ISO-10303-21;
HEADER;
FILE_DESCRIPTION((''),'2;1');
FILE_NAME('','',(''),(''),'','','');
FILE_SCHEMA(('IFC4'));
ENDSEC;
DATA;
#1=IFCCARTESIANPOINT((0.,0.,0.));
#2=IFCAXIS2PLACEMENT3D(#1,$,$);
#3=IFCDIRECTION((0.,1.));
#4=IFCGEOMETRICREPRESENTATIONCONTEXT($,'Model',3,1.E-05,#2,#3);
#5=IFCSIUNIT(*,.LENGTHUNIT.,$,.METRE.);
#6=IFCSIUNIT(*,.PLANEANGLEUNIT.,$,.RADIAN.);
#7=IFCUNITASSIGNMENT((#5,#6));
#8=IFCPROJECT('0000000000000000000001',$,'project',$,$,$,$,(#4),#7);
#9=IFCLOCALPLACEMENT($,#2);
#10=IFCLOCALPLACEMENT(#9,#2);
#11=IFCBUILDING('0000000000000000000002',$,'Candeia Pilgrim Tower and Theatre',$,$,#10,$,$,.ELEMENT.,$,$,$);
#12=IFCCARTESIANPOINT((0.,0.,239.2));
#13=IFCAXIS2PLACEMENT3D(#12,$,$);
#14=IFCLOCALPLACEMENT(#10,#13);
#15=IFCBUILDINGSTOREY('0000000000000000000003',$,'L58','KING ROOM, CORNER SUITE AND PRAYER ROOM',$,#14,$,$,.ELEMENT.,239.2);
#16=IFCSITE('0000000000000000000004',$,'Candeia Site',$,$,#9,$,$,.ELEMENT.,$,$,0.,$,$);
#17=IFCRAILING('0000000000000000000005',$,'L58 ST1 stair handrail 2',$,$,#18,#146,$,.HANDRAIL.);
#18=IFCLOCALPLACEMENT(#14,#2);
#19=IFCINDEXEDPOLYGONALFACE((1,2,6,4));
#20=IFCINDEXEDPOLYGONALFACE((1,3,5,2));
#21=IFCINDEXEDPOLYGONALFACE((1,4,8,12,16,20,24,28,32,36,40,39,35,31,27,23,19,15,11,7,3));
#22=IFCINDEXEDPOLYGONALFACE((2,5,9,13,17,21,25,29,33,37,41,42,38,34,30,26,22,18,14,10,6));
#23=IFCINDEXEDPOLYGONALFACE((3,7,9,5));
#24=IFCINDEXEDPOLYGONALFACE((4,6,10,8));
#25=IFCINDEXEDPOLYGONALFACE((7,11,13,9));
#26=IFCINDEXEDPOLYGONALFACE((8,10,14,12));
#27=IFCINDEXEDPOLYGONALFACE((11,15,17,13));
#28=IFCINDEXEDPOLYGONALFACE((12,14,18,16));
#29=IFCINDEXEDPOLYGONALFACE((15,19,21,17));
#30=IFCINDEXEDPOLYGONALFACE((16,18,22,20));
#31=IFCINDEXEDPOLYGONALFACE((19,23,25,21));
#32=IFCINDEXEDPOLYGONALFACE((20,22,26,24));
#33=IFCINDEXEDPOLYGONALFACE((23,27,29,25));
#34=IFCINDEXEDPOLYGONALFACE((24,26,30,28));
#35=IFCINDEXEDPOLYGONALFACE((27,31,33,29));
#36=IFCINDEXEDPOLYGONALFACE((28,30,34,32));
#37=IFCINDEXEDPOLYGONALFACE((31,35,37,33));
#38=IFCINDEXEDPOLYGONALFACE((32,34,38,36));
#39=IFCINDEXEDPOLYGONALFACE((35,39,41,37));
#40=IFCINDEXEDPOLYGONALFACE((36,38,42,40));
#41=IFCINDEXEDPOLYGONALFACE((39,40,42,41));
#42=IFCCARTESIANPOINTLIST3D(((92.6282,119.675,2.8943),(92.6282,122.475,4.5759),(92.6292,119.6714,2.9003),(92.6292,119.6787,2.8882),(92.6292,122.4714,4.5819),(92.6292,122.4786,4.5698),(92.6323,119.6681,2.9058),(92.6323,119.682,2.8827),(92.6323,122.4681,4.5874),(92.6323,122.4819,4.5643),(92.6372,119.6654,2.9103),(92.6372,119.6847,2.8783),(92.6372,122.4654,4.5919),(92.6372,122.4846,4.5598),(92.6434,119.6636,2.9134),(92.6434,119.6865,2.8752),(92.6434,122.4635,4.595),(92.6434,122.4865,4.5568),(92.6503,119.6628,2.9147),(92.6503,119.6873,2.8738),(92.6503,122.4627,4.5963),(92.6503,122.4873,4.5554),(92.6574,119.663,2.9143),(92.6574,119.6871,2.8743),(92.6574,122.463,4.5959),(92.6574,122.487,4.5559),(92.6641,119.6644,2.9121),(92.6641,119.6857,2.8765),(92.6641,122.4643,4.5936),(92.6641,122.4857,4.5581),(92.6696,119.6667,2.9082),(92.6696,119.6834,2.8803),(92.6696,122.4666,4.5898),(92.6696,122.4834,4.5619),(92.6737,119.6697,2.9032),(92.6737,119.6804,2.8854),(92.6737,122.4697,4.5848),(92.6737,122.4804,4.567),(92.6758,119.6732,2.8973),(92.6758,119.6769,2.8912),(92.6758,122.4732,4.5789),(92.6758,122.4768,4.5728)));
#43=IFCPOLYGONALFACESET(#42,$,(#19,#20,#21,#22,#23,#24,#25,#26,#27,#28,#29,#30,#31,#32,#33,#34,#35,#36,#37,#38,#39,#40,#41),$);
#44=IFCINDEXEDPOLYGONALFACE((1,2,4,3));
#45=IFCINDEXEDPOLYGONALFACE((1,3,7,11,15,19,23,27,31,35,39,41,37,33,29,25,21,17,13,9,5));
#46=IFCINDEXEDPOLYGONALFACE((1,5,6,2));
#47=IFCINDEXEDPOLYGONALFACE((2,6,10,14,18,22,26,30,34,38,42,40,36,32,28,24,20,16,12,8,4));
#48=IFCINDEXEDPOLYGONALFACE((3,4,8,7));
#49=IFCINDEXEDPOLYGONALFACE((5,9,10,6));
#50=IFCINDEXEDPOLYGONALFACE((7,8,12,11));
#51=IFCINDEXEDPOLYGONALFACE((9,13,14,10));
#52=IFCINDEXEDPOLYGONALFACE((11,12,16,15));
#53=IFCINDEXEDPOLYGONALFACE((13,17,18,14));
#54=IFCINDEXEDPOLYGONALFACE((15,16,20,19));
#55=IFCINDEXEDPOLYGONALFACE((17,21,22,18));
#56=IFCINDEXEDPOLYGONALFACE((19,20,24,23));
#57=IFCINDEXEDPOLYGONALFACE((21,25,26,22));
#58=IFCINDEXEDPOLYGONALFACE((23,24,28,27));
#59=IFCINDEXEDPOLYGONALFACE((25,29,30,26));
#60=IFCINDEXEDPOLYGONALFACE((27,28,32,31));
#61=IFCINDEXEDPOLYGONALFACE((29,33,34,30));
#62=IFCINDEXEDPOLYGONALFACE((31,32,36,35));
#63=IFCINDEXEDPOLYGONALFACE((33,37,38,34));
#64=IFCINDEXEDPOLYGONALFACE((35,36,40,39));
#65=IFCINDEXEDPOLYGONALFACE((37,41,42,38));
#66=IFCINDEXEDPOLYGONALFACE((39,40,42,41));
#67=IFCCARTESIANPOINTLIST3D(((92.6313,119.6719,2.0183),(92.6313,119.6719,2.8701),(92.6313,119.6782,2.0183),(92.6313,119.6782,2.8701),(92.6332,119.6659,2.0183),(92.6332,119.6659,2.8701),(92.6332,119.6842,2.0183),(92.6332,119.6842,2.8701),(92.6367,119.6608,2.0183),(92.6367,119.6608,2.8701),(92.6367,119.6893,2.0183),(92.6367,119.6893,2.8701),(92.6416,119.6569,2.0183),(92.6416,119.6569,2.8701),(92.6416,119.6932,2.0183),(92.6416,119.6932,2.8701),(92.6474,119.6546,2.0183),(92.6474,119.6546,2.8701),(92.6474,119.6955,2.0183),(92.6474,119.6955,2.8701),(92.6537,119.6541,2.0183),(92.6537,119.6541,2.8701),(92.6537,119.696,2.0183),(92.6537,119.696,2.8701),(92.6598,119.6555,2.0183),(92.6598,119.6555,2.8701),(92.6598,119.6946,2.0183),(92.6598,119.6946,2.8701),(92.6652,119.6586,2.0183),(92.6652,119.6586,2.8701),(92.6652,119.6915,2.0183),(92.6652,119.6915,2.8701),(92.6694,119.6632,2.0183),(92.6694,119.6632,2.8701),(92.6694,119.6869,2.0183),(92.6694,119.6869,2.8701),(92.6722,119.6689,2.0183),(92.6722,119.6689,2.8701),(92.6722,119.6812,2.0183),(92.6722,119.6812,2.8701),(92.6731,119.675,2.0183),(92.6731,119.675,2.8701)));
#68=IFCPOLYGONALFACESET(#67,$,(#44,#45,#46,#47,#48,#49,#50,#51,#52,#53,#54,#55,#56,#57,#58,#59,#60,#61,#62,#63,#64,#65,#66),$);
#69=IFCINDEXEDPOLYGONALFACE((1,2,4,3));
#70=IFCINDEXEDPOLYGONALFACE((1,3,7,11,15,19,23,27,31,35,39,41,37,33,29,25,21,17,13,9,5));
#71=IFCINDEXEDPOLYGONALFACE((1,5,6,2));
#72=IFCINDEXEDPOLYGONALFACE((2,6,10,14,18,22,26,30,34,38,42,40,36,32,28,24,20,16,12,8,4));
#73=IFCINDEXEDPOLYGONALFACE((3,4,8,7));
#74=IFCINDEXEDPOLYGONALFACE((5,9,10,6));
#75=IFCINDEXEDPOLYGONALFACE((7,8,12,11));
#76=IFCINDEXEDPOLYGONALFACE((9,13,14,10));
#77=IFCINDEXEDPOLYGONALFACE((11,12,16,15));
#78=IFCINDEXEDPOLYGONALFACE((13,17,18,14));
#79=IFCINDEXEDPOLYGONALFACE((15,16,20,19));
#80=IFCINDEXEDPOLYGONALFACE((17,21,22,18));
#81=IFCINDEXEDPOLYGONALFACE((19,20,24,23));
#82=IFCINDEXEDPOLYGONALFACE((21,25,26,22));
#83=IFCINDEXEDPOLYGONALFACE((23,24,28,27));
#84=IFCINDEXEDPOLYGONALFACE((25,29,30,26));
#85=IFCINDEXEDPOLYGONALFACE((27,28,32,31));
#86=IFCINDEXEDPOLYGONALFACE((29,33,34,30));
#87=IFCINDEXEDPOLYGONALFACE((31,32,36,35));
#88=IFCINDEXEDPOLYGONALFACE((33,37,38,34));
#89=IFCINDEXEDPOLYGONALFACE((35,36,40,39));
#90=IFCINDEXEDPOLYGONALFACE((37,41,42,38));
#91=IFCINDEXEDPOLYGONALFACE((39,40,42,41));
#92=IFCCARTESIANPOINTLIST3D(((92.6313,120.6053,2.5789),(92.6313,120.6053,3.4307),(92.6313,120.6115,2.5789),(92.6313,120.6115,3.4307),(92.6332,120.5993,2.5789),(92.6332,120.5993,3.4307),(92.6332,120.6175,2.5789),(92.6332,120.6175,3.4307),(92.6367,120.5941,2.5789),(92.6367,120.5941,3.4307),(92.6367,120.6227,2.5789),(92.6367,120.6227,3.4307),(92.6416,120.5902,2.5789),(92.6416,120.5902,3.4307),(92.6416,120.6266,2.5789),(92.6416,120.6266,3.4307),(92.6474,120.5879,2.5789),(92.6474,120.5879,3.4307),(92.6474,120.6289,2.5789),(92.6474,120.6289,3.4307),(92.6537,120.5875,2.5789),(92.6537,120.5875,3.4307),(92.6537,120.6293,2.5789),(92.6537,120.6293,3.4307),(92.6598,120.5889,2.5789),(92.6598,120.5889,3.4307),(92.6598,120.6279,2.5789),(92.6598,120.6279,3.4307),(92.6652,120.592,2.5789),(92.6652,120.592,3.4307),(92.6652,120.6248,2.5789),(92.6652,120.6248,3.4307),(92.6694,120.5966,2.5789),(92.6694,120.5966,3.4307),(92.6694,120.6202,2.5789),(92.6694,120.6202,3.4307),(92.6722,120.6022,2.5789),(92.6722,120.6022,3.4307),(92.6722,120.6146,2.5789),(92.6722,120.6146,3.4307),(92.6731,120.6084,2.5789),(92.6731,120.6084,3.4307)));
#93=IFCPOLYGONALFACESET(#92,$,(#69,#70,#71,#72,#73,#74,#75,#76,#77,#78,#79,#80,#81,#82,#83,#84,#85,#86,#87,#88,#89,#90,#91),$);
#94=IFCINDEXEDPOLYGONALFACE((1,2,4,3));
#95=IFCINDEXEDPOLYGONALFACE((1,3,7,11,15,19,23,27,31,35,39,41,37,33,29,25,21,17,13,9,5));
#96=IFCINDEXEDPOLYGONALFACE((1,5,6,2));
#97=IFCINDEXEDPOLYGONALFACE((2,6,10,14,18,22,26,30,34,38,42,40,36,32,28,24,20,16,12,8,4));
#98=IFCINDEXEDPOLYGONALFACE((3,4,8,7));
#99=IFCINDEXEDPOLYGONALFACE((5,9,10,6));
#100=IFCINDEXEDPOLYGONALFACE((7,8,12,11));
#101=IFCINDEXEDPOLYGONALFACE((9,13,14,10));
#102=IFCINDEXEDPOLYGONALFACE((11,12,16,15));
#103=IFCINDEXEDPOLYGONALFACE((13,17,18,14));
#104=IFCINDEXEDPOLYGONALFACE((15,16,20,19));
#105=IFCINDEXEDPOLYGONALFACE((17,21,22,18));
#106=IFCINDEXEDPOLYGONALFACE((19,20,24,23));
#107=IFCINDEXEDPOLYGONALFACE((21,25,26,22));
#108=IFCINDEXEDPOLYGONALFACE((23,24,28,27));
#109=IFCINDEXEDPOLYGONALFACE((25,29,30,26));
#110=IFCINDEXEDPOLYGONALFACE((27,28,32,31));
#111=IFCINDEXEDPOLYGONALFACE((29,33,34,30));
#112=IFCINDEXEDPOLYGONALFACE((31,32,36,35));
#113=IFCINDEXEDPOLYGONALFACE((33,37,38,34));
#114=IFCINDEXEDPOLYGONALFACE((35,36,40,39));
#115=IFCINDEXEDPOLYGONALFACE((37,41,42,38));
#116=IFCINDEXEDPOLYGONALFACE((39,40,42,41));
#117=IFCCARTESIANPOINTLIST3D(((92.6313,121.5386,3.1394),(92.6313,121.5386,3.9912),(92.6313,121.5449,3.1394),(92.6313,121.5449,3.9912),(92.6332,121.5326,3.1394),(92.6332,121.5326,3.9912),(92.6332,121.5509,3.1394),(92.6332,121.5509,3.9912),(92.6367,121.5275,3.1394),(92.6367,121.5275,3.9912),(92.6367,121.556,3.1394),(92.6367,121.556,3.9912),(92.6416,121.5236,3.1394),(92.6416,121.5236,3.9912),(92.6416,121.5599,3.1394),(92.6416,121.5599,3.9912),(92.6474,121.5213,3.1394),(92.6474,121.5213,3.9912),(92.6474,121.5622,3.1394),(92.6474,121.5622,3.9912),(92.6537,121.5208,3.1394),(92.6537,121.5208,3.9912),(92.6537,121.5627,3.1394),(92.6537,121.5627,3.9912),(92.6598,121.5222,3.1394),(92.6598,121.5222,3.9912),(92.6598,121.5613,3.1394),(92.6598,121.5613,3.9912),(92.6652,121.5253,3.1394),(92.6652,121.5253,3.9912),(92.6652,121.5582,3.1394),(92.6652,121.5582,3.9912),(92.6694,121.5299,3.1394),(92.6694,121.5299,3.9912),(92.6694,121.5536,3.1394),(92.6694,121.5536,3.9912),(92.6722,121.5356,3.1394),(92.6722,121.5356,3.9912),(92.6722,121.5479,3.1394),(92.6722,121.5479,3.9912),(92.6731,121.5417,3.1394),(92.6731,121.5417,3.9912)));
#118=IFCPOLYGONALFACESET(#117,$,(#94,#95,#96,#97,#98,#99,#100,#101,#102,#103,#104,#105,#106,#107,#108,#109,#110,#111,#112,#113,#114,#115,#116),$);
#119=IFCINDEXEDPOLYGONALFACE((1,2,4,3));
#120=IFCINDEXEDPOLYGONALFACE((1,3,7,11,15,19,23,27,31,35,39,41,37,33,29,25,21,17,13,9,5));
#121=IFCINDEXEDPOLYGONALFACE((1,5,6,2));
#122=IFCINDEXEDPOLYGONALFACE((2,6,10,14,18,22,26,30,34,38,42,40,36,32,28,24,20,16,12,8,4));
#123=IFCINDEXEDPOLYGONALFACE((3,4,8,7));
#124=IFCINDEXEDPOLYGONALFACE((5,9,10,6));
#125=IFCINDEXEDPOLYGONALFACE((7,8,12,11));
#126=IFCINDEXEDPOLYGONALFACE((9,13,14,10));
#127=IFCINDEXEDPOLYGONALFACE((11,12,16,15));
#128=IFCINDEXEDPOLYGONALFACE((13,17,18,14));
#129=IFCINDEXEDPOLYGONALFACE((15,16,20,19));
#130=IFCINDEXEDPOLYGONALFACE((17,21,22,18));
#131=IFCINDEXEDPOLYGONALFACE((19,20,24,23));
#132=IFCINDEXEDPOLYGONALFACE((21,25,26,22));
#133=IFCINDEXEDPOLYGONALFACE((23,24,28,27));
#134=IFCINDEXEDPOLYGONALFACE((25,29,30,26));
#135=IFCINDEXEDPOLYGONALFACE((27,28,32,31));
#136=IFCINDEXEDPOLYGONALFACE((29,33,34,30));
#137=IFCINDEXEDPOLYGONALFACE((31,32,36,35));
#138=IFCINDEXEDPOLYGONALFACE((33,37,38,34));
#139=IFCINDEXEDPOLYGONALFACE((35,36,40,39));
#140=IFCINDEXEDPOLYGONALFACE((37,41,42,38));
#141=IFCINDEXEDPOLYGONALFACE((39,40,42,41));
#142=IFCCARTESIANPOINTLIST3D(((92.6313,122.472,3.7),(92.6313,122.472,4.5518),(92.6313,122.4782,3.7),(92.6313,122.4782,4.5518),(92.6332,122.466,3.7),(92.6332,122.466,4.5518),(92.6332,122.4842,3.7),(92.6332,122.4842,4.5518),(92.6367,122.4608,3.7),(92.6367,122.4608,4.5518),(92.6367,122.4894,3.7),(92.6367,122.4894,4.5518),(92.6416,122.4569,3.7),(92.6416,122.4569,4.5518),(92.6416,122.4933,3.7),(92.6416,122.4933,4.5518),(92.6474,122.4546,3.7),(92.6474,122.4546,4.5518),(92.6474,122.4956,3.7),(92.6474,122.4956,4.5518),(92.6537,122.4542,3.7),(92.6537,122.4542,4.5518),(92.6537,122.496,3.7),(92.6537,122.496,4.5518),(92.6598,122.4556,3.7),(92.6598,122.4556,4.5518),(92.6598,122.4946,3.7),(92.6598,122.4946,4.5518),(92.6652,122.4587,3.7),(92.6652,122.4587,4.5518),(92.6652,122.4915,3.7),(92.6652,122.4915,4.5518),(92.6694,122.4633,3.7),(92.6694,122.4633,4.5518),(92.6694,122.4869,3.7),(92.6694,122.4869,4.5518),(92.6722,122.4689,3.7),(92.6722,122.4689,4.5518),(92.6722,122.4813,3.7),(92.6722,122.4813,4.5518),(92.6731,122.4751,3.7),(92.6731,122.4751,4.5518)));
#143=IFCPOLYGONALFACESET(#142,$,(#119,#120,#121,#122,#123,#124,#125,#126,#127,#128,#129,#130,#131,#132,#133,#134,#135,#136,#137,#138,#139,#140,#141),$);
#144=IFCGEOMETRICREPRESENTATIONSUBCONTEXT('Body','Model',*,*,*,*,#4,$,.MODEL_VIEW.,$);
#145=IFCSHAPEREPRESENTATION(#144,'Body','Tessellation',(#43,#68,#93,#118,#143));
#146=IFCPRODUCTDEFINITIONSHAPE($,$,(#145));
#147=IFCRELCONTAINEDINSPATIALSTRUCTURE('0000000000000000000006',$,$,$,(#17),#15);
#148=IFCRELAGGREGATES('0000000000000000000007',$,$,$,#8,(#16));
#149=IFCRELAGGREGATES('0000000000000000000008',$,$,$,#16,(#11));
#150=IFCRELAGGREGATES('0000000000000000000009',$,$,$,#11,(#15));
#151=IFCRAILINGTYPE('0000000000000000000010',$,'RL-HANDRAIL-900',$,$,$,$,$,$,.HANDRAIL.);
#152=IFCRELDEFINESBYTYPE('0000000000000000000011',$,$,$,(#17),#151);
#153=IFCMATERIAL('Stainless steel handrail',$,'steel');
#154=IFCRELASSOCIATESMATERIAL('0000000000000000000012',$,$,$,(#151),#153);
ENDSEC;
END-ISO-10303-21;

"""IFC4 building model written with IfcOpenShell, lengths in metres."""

from ifc_helpers import new_model, si_unit, direction, frame, origin, origin_2d, place, context, subcontext, project, spatial, circle, extrude, material, type_object, element, save


model = new_model("IFC4")

# Units and contexts
model_context = context("Model", 3, precision=1e-05, world=origin(), true_north=direction((0.0, 1.0)))
body_context = subcontext(model_context, "Body", "Model", "MODEL_VIEW")
ifc_project = project(units=[si_unit("LENGTHUNIT", "METRE"), si_unit("PLANEANGLEUNIT", "RADIAN")], contexts=[model_context])

# Site, building, storey
site_placement = place(None, origin())
site = spatial("IfcSite", under=ifc_project, at=site_placement, Name="Candeia Site", CompositionType="ELEMENT", RefElevation=0.0)
building_placement = place(site_placement, origin())
building = spatial("IfcBuilding", under=site, at=building_placement, Name="Candeia Pilgrim Tower and Theatre", CompositionType="ELEMENT")
storey_placement = place(building_placement, frame((0.0, 0.0, 239.2)))
storey = spatial("IfcBuildingStorey", under=building, at=storey_placement, Name="L58", Description="KING ROOM, CORNER SUITE AND PRAYER ROOM", CompositionType="ELEMENT", Elevation=239.2)

# Railing
ifc_material_1 = material(Name="Stainless steel handrail", Category="steel")
railing_type = type_object("IfcRailingType", Name="RL-HANDRAIL-900", PredefinedType="HANDRAIL", material=ifc_material_1)
for number, where, name in (
    (1, (92.6521, 119.675, 2.0183), "L58 ST1 stair handrail 2"),
):
    element("IfcRailing", number, at=place(storey_placement, frame(where)), inside=storey, type_object=railing_type, Name=name, PredefinedType="HANDRAIL", context=body_context, shape_type="SweptSolid", body=[
        extrude(circle(Radius=0.0239, at=origin_2d()), frame((0.0, 0.0, 0.876), z_axis=(0.0, 0.857275, 0.514858), x_axis=(-1.0, 0.0, 0.0)), (0.0, 0.0, 1.0), 3.2661),
        extrude(circle(Radius=0.021, at=origin_2d()), origin(), (0.0, 0.0, 1.0), 0.8518),
        extrude(circle(Radius=0.021, at=origin_2d()), frame((0.0, 0.9333, 0.5605)), (0.0, 0.0, 1.0), 0.8518),
        extrude(circle(Radius=0.021, at=origin_2d()), frame((0.0, 1.8667, 1.1211)), (0.0, 0.0, 1.0), 0.8518),
        extrude(circle(Radius=0.021, at=origin_2d()), frame((0.0, 2.8, 1.6816)), (0.0, 0.0, 1.0), 0.8518),
    ])

save(model, "model.ifc")
